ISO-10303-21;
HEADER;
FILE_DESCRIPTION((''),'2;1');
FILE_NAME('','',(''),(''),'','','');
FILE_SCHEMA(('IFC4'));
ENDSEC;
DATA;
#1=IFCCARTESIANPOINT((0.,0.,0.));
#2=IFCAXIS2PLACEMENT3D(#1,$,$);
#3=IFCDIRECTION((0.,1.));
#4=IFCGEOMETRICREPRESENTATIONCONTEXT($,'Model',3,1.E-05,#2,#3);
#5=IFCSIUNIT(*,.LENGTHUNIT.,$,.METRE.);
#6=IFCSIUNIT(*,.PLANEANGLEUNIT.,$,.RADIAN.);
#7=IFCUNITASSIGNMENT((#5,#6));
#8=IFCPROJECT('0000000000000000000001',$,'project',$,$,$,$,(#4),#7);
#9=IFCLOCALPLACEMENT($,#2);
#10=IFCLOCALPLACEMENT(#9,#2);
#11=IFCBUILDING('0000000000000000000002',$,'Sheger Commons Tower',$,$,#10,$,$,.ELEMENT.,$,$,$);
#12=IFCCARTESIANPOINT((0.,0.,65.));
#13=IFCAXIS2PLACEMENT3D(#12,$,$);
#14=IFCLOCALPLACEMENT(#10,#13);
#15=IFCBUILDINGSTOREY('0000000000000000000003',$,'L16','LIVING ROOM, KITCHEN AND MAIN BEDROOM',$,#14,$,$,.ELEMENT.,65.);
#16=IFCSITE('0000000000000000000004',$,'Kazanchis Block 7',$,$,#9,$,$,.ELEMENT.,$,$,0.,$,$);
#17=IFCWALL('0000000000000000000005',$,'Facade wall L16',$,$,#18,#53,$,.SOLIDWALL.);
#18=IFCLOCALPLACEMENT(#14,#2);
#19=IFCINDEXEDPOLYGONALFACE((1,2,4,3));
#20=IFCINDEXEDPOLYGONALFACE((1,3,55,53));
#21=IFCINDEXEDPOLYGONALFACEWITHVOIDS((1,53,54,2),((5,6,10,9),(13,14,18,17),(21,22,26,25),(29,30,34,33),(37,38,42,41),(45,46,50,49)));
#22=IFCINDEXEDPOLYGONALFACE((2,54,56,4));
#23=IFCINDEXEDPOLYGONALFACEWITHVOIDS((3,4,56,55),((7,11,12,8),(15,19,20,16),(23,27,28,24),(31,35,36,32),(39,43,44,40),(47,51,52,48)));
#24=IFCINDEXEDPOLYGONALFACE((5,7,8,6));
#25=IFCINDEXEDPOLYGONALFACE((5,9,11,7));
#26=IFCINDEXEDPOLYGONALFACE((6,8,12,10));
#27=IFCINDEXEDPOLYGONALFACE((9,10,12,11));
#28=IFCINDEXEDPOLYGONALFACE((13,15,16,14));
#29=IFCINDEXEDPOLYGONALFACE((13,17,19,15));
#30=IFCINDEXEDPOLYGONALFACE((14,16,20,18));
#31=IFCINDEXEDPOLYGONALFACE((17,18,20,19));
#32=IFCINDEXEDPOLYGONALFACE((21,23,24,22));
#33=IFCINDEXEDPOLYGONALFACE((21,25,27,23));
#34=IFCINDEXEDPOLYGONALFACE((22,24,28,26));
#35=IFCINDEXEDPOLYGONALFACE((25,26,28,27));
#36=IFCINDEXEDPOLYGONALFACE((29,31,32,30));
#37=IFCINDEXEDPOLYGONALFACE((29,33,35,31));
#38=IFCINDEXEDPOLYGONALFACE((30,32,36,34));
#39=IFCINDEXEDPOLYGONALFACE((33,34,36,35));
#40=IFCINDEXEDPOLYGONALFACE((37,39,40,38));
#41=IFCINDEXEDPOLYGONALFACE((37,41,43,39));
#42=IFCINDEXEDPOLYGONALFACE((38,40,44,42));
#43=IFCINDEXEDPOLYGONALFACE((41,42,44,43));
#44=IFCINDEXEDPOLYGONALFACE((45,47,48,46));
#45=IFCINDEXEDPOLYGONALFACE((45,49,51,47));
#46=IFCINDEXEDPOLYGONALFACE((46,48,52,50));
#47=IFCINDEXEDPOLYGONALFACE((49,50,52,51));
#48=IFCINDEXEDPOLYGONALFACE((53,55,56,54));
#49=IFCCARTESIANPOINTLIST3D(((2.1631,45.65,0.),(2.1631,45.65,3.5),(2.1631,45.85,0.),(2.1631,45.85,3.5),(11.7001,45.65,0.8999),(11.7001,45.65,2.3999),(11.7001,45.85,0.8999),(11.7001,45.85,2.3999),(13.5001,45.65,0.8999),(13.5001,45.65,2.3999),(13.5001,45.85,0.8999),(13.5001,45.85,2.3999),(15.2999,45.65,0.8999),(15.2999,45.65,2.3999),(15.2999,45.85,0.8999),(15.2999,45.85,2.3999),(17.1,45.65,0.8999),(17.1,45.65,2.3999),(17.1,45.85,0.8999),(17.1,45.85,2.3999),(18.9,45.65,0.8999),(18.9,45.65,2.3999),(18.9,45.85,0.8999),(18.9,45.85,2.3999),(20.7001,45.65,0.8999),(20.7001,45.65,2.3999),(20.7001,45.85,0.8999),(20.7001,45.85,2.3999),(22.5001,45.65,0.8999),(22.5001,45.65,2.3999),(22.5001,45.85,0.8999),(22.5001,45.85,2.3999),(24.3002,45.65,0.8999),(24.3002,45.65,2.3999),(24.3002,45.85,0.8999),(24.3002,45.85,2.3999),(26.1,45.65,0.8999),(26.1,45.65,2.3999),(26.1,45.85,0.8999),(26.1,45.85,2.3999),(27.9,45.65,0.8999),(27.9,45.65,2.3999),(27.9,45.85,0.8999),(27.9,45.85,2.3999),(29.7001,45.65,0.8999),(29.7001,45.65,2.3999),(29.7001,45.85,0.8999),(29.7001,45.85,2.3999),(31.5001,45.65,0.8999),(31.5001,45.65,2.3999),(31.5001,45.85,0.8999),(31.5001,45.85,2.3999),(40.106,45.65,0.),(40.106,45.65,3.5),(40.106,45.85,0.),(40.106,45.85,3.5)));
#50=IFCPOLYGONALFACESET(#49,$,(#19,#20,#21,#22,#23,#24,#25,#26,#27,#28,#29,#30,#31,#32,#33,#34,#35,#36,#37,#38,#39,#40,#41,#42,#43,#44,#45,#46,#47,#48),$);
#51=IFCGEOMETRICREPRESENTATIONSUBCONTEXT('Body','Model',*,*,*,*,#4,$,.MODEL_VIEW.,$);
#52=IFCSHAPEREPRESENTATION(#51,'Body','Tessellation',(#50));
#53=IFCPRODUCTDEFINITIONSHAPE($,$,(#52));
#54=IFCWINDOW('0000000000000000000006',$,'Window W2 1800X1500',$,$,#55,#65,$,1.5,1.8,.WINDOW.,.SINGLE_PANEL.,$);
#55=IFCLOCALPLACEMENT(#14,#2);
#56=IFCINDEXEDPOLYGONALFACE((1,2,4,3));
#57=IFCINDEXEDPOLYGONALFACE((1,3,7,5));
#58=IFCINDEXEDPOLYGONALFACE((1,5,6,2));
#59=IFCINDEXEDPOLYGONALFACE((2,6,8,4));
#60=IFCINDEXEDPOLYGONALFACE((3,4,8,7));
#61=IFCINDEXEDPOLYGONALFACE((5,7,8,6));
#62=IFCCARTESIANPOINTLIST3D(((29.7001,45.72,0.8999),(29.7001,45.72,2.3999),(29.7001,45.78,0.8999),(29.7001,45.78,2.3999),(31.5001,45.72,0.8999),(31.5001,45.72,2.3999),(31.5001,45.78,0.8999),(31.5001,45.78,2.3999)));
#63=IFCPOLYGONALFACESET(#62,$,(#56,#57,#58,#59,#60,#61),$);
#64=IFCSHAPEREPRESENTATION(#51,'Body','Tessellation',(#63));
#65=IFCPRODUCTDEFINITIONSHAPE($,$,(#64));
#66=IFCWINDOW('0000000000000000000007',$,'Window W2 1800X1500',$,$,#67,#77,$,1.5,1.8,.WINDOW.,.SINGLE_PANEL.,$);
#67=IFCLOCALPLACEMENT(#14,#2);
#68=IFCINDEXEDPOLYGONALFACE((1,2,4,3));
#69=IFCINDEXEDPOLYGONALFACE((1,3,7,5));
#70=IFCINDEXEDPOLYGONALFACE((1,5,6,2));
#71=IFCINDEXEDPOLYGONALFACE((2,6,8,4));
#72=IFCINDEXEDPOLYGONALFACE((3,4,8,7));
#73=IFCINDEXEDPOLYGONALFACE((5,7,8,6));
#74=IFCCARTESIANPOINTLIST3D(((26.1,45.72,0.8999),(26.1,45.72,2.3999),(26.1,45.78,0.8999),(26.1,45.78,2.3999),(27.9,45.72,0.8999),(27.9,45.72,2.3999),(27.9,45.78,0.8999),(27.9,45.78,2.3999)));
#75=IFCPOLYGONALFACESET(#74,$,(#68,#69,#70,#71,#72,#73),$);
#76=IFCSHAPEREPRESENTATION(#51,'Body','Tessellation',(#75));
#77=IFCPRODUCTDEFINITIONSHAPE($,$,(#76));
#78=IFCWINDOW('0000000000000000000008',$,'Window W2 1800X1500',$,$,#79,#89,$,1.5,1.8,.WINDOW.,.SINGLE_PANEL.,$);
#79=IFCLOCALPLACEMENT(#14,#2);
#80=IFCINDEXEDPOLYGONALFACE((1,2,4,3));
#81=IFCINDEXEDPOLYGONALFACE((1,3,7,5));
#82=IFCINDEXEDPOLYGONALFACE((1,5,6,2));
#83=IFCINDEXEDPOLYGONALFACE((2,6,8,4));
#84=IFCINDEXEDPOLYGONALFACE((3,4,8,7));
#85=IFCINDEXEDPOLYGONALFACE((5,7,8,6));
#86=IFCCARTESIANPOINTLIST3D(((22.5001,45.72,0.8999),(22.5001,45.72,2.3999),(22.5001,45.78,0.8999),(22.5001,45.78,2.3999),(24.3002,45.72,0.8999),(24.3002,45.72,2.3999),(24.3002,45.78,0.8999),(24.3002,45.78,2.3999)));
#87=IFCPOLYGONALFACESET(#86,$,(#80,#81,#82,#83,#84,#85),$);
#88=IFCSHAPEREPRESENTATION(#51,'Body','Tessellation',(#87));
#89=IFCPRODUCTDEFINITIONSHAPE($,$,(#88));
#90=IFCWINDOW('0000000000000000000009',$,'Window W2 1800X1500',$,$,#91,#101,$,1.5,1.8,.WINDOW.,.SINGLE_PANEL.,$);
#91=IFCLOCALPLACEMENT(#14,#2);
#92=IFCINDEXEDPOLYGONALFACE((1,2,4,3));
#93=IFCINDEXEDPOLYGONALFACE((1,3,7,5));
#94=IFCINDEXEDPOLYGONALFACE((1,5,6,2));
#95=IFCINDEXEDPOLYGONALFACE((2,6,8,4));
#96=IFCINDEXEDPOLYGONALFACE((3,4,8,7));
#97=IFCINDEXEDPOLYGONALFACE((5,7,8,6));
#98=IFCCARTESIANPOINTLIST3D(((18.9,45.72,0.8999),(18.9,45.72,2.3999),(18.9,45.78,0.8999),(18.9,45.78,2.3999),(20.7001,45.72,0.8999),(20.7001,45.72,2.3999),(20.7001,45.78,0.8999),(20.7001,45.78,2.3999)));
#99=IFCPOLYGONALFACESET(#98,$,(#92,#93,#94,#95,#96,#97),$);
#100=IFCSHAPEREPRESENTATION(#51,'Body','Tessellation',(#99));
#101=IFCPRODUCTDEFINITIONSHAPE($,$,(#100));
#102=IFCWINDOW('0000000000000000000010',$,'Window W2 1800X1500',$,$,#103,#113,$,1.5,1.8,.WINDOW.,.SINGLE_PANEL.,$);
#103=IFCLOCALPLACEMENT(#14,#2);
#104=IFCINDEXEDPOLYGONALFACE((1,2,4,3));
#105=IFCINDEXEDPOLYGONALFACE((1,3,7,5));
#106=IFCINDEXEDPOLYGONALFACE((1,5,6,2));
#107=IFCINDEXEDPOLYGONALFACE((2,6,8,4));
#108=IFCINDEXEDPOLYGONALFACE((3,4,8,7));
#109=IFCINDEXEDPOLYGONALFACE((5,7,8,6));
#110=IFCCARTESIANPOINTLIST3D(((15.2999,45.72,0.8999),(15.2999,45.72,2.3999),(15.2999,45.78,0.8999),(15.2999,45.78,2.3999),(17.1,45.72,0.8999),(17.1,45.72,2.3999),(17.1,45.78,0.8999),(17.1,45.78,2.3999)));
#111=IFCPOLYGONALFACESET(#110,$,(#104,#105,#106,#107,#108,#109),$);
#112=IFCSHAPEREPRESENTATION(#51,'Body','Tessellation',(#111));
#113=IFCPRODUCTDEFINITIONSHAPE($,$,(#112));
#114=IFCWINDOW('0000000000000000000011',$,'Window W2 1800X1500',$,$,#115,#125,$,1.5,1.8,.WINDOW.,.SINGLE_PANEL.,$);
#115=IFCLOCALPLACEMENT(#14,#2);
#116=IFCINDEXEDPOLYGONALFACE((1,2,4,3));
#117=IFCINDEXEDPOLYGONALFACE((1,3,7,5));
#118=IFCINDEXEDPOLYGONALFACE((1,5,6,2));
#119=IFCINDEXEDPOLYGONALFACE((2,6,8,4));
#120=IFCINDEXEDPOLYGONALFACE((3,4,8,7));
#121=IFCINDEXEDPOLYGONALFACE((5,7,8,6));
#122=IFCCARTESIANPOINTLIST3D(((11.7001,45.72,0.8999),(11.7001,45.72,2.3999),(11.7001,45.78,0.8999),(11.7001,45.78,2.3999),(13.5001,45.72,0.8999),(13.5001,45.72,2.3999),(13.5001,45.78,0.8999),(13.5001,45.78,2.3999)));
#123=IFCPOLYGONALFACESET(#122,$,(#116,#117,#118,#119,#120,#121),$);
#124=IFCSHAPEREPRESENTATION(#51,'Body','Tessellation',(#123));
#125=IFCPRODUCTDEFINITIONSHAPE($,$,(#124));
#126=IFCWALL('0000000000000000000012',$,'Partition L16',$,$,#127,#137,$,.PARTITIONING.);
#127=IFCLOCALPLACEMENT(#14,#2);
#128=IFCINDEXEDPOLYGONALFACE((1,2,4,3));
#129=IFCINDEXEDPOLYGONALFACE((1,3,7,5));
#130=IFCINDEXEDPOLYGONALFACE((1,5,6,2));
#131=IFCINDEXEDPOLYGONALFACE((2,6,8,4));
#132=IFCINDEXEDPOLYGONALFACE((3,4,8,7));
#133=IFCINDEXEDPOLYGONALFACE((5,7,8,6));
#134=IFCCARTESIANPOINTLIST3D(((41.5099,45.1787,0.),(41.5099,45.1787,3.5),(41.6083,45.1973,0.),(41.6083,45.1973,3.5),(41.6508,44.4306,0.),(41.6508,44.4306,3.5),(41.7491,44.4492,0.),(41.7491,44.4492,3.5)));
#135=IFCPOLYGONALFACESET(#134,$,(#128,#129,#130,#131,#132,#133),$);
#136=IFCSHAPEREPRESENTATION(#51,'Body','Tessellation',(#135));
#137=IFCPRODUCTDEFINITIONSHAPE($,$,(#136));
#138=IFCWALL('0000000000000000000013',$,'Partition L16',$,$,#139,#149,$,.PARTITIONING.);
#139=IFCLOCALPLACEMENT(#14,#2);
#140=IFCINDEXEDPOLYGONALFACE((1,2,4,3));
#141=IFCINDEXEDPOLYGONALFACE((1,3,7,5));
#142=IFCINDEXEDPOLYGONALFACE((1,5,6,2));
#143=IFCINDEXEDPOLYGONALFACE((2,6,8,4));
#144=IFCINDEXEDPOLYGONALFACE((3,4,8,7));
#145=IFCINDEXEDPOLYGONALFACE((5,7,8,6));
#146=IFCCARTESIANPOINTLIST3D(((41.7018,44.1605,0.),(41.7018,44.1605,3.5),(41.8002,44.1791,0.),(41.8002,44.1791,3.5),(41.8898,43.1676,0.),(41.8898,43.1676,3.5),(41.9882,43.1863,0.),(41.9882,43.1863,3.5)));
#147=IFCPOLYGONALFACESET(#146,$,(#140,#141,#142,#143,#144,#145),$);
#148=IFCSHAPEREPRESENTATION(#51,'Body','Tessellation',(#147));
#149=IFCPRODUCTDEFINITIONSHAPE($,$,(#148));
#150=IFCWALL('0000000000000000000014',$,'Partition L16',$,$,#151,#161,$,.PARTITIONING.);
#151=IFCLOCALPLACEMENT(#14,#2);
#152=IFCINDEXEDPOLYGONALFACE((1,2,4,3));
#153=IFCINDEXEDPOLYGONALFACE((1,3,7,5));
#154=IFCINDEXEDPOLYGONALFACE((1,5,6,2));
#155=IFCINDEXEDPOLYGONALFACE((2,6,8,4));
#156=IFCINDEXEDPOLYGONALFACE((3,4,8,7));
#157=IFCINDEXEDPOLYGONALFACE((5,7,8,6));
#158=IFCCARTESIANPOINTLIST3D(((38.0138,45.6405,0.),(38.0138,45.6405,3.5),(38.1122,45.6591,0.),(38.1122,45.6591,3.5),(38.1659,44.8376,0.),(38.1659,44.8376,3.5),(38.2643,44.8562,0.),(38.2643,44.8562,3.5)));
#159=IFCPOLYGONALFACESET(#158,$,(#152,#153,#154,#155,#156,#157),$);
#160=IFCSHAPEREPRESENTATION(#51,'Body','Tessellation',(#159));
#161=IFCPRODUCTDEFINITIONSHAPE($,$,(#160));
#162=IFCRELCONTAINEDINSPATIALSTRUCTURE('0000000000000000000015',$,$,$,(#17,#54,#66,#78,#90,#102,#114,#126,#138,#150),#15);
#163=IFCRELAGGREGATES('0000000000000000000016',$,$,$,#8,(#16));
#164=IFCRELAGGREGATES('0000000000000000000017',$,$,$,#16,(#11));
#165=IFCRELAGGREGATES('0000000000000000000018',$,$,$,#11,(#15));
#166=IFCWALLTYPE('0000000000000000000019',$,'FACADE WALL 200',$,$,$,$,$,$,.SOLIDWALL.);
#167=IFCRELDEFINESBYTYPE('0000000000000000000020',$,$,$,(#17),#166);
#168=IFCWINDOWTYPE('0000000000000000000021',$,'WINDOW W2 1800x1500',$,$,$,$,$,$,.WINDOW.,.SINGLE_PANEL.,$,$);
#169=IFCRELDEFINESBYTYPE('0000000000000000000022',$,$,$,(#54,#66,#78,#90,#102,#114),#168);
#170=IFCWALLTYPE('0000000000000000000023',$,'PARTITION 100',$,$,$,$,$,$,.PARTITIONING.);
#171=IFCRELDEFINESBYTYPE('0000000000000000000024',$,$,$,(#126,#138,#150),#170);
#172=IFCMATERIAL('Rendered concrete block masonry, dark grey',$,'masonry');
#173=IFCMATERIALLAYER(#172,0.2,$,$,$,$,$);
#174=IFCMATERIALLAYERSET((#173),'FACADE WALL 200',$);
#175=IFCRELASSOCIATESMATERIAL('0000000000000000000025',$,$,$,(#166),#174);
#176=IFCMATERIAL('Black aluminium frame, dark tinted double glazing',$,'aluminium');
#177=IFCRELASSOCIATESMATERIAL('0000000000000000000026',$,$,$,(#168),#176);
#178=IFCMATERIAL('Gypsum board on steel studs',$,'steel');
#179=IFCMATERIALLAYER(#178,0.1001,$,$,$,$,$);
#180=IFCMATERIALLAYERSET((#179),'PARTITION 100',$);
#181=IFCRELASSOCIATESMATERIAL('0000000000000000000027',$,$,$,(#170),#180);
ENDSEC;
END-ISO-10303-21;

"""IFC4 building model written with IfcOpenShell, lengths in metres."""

from ifc_helpers import new_model, si_unit, direction, frame, frame_2d, origin, place, context, subcontext, project, spatial, rectangle, extrude, material, layer, layer_set, type_object, element, fill, save


model = new_model("IFC4")

# Units and contexts
model_context = context("Model", 3, precision=1e-05, world=origin(), true_north=direction((0.0, 1.0)))
body_context = subcontext(model_context, "Body", "Model", "MODEL_VIEW")
ifc_project = project(units=[si_unit("LENGTHUNIT", "METRE"), si_unit("PLANEANGLEUNIT", "RADIAN")], contexts=[model_context])

# Site, building, storey
site_placement = place(None, origin())
site = spatial("IfcSite", under=ifc_project, at=site_placement, Name="Kazanchis Block 7", CompositionType="ELEMENT", RefElevation=0.0)
building_placement = place(site_placement, origin())
building = spatial("IfcBuilding", under=site, at=building_placement, Name="Sheger Commons Tower", CompositionType="ELEMENT")
storey_placement = place(building_placement, frame((0.0, 0.0, 65.0)))
storey = spatial("IfcBuildingStorey", under=building, at=storey_placement, Name="L16", Description="LIVING ROOM, KITCHEN AND MAIN BEDROOM", CompositionType="ELEMENT", Elevation=65.0)

# Shared definitions
ifc_material_1 = material(Name="Rendered concrete block masonry, dark grey", Category="masonry")
ifc_layer_1 = layer(ifc_material_1, 0.2)
ifc_layer_set_1 = layer_set([ifc_layer_1], Name="FACADE WALL 200")
wall_type_1 = type_object("IfcWallType", Name="FACADE WALL 200", PredefinedType="SOLIDWALL", material=ifc_layer_set_1)

# Wall, openings, windows
wall_1_placement = place(storey_placement, frame((40.106, 45.75, 0.0), z_axis=(0.0, 0.0, 1.0), x_axis=(-1.0, 0.0, 0.0)))
wall_1 = element("IfcWall", 1, at=wall_1_placement, inside=storey, type_object=wall_type_1, Name="Facade wall L16", PredefinedType="SOLIDWALL", context=body_context, shape_type="SweptSolid", body=[
    extrude(rectangle(XDim=37.9429, YDim=0.2, at=frame_2d((18.9714, 0.0))), origin(), (0.0, 0.0, 1.0), 3.5),
])
opening_1_placement = place(wall_1_placement, frame((8.606, 0.0, 0.8999)))
opening_1 = element("IfcOpeningElement", 2, at=opening_1_placement, cuts=wall_1, PredefinedType="OPENING", context=body_context, shape_type="SweptSolid", body=[
    extrude(rectangle(XDim=1.8, YDim=1.5, at=frame_2d((0.8999, 0.75))), frame((0.0, 0.1099, 0.0), z_axis=(0.0, -1.0, 0.0), x_axis=(1.0, 0.0, 0.0)), (0.0, 0.0, 1.0), 0.22),
])
opening_2_placement = place(wall_1_placement, frame((12.2061, 0.0, 0.8999)))
opening_2 = element("IfcOpeningElement", 3, at=opening_2_placement, cuts=wall_1, PredefinedType="OPENING", context=body_context, shape_type="SweptSolid", body=[
    extrude(rectangle(XDim=1.8, YDim=1.5, at=frame_2d((0.8999, 0.75))), frame((0.0, 0.1099, 0.0), z_axis=(0.0, -1.0, 0.0), x_axis=(1.0, 0.0, 0.0)), (0.0, 0.0, 1.0), 0.22),
])
opening_3_placement = place(wall_1_placement, frame((15.8059, 0.0, 0.8999)))
opening_3 = element("IfcOpeningElement", 4, at=opening_3_placement, cuts=wall_1, PredefinedType="OPENING", context=body_context, shape_type="SweptSolid", body=[
    extrude(rectangle(XDim=1.8, YDim=1.5, at=frame_2d((0.8999, 0.75))), frame((0.0, 0.1099, 0.0), z_axis=(0.0, -1.0, 0.0), x_axis=(1.0, 0.0, 0.0)), (0.0, 0.0, 1.0), 0.22),
])
opening_4_placement = place(wall_1_placement, frame((19.406, 0.0, 0.8999)))
opening_4 = element("IfcOpeningElement", 5, at=opening_4_placement, cuts=wall_1, PredefinedType="OPENING", context=body_context, shape_type="SweptSolid", body=[
    extrude(rectangle(XDim=1.8, YDim=1.5, at=frame_2d((0.8999, 0.75))), frame((0.0, 0.1099, 0.0), z_axis=(0.0, -1.0, 0.0), x_axis=(1.0, 0.0, 0.0)), (0.0, 0.0, 1.0), 0.22),
])
opening_5_placement = place(wall_1_placement, frame((23.0061, 0.0, 0.8999)))
opening_5 = element("IfcOpeningElement", 6, at=opening_5_placement, cuts=wall_1, PredefinedType="OPENING", context=body_context, shape_type="SweptSolid", body=[
    extrude(rectangle(XDim=1.8, YDim=1.5, at=frame_2d((0.8999, 0.75))), frame((0.0, 0.1099, 0.0), z_axis=(0.0, -1.0, 0.0), x_axis=(1.0, 0.0, 0.0)), (0.0, 0.0, 1.0), 0.22),
])
opening_6_placement = place(wall_1_placement, frame((26.606, 0.0, 0.8999)))
opening_6 = element("IfcOpeningElement", 7, at=opening_6_placement, cuts=wall_1, PredefinedType="OPENING", context=body_context, shape_type="SweptSolid", body=[
    extrude(rectangle(XDim=1.8, YDim=1.5, at=frame_2d((0.8999, 0.75))), frame((0.0, 0.1099, 0.0), z_axis=(0.0, -1.0, 0.0), x_axis=(1.0, 0.0, 0.0)), (0.0, 0.0, 1.0), 0.22),
])
ifc_material_2 = material(Name="Black aluminium frame, dark tinted double glazing", Category="aluminium")
window_type = type_object("IfcWindowType", Name="WINDOW W2 1800x1500", PartitioningType="SINGLE_PANEL", PredefinedType="WINDOW", material=ifc_material_2)
window_1_placement = place(opening_1_placement, origin())
window_1 = element("IfcWindow", 8, at=window_1_placement, inside=storey, type_object=window_type, Name="Window W2 1800X1500", OverallHeight=1.5, OverallWidth=1.8, PartitioningType="SINGLE_PANEL", PredefinedType="WINDOW", context=body_context, shape_type="SweptSolid", body=[
    extrude(rectangle(XDim=1.8, YDim=1.5, at=frame_2d((0.8999, 0.75))), frame((0.0, 0.03, 0.0), z_axis=(0.0, -1.0, 0.0), x_axis=(1.0, 0.0, 0.0)), (0.0, 0.0, 1.0), 0.0601),
])
fill(opening_1, window_1)
window_2_placement = place(opening_2_placement, origin())
window_2 = element("IfcWindow", 9, at=window_2_placement, inside=storey, type_object=window_type, Name="Window W2 1800X1500", OverallHeight=1.5, OverallWidth=1.8, PartitioningType="SINGLE_PANEL", PredefinedType="WINDOW", context=body_context, shape_type="SweptSolid", body=[
    extrude(rectangle(XDim=1.8, YDim=1.5, at=frame_2d((0.8999, 0.75))), frame((0.0, 0.03, 0.0), z_axis=(0.0, -1.0, 0.0), x_axis=(1.0, 0.0, 0.0)), (0.0, 0.0, 1.0), 0.0601),
])
fill(opening_2, window_2)
window_3_placement = place(opening_3_placement, origin())
window_3 = element("IfcWindow", 10, at=window_3_placement, inside=storey, type_object=window_type, Name="Window W2 1800X1500", OverallHeight=1.5, OverallWidth=1.8, PartitioningType="SINGLE_PANEL", PredefinedType="WINDOW", context=body_context, shape_type="SweptSolid", body=[
    extrude(rectangle(XDim=1.8, YDim=1.5, at=frame_2d((0.8999, 0.75))), frame((0.0, 0.03, 0.0), z_axis=(0.0, -1.0, 0.0), x_axis=(1.0, 0.0, 0.0)), (0.0, 0.0, 1.0), 0.0601),
])
fill(opening_3, window_3)
window_4_placement = place(opening_4_placement, origin())
window_4 = element("IfcWindow", 11, at=window_4_placement, inside=storey, type_object=window_type, Name="Window W2 1800X1500", OverallHeight=1.5, OverallWidth=1.8, PartitioningType="SINGLE_PANEL", PredefinedType="WINDOW", context=body_context, shape_type="SweptSolid", body=[
    extrude(rectangle(XDim=1.8, YDim=1.5, at=frame_2d((0.8999, 0.75))), frame((0.0, 0.03, 0.0), z_axis=(0.0, -1.0, 0.0), x_axis=(1.0, 0.0, 0.0)), (0.0, 0.0, 1.0), 0.0601),
])
fill(opening_4, window_4)
window_5_placement = place(opening_5_placement, origin())
window_5 = element("IfcWindow", 12, at=window_5_placement, inside=storey, type_object=window_type, Name="Window W2 1800X1500", OverallHeight=1.5, OverallWidth=1.8, PartitioningType="SINGLE_PANEL", PredefinedType="WINDOW", context=body_context, shape_type="SweptSolid", body=[
    extrude(rectangle(XDim=1.8, YDim=1.5, at=frame_2d((0.8999, 0.75))), frame((0.0, 0.03, 0.0), z_axis=(0.0, -1.0, 0.0), x_axis=(1.0, 0.0, 0.0)), (0.0, 0.0, 1.0), 0.0601),
])
fill(opening_5, window_5)
window_6_placement = place(opening_6_placement, origin())
window_6 = element("IfcWindow", 13, at=window_6_placement, inside=storey, type_object=window_type, Name="Window W2 1800X1500", OverallHeight=1.5, OverallWidth=1.8, PartitioningType="SINGLE_PANEL", PredefinedType="WINDOW", context=body_context, shape_type="SweptSolid", body=[
    extrude(rectangle(XDim=1.8, YDim=1.5, at=frame_2d((0.8999, 0.75))), frame((0.0, 0.03, 0.0), z_axis=(0.0, -1.0, 0.0), x_axis=(1.0, 0.0, 0.0)), (0.0, 0.0, 1.0), 0.0601),
])
fill(opening_6, window_6)

# Walls
ifc_material_3 = material(Name="Gypsum board on steel studs", Category="steel")
ifc_layer_2 = layer(ifc_material_3, 0.1001)
ifc_layer_set_2 = layer_set([ifc_layer_2], Name="PARTITION 100")
wall_type_2 = type_object("IfcWallType", Name="PARTITION 100", PredefinedType="PARTITIONING", material=ifc_layer_set_2)
wall_2_placement = place(storey_placement, frame((41.5591, 45.188, 0.0), z_axis=(0.0, 0.0, 1.0), x_axis=(0.185063, -0.982727, 0.0)))
element("IfcWall", 14, at=wall_2_placement, inside=storey, type_object=wall_type_2, Name="Partition L16", PredefinedType="PARTITIONING", context=body_context, shape_type="SweptSolid", body=[
    extrude(rectangle(XDim=0.7612, YDim=0.1001, at=frame_2d((0.3806, 0.0))), origin(), (0.0, 0.0, 1.0), 3.5),
])
wall_3_placement = place(storey_placement, frame((41.751, 44.1699, 0.0), z_axis=(0.0, 0.0, 1.0), x_axis=(0.186024, -0.982545, 0.0)))
element("IfcWall", 15, at=wall_3_placement, inside=storey, type_object=wall_type_2, Name="Partition L16", PredefinedType="PARTITIONING", context=body_context, shape_type="SweptSolid", body=[
    extrude(rectangle(XDim=1.0105, YDim=0.1001, at=frame_2d((0.5054, 0.0))), origin(), (0.0, 0.0, 1.0), 3.5),
])
wall_4_placement = place(storey_placement, frame((38.063, 45.6499, 0.0), z_axis=(0.0, 0.0, 1.0), x_axis=(0.18611, -0.982529, 0.0)))
element("IfcWall", 16, at=wall_4_placement, inside=storey, type_object=wall_type_2, Name="Partition L16", PredefinedType="PARTITIONING", context=body_context, shape_type="SweptSolid", body=[
    extrude(rectangle(XDim=0.8171, YDim=0.1001, at=frame_2d((0.4087, 0.0))), origin(), (0.0, 0.0, 1.0), 3.5),
])

save(model, "model.ifc")
